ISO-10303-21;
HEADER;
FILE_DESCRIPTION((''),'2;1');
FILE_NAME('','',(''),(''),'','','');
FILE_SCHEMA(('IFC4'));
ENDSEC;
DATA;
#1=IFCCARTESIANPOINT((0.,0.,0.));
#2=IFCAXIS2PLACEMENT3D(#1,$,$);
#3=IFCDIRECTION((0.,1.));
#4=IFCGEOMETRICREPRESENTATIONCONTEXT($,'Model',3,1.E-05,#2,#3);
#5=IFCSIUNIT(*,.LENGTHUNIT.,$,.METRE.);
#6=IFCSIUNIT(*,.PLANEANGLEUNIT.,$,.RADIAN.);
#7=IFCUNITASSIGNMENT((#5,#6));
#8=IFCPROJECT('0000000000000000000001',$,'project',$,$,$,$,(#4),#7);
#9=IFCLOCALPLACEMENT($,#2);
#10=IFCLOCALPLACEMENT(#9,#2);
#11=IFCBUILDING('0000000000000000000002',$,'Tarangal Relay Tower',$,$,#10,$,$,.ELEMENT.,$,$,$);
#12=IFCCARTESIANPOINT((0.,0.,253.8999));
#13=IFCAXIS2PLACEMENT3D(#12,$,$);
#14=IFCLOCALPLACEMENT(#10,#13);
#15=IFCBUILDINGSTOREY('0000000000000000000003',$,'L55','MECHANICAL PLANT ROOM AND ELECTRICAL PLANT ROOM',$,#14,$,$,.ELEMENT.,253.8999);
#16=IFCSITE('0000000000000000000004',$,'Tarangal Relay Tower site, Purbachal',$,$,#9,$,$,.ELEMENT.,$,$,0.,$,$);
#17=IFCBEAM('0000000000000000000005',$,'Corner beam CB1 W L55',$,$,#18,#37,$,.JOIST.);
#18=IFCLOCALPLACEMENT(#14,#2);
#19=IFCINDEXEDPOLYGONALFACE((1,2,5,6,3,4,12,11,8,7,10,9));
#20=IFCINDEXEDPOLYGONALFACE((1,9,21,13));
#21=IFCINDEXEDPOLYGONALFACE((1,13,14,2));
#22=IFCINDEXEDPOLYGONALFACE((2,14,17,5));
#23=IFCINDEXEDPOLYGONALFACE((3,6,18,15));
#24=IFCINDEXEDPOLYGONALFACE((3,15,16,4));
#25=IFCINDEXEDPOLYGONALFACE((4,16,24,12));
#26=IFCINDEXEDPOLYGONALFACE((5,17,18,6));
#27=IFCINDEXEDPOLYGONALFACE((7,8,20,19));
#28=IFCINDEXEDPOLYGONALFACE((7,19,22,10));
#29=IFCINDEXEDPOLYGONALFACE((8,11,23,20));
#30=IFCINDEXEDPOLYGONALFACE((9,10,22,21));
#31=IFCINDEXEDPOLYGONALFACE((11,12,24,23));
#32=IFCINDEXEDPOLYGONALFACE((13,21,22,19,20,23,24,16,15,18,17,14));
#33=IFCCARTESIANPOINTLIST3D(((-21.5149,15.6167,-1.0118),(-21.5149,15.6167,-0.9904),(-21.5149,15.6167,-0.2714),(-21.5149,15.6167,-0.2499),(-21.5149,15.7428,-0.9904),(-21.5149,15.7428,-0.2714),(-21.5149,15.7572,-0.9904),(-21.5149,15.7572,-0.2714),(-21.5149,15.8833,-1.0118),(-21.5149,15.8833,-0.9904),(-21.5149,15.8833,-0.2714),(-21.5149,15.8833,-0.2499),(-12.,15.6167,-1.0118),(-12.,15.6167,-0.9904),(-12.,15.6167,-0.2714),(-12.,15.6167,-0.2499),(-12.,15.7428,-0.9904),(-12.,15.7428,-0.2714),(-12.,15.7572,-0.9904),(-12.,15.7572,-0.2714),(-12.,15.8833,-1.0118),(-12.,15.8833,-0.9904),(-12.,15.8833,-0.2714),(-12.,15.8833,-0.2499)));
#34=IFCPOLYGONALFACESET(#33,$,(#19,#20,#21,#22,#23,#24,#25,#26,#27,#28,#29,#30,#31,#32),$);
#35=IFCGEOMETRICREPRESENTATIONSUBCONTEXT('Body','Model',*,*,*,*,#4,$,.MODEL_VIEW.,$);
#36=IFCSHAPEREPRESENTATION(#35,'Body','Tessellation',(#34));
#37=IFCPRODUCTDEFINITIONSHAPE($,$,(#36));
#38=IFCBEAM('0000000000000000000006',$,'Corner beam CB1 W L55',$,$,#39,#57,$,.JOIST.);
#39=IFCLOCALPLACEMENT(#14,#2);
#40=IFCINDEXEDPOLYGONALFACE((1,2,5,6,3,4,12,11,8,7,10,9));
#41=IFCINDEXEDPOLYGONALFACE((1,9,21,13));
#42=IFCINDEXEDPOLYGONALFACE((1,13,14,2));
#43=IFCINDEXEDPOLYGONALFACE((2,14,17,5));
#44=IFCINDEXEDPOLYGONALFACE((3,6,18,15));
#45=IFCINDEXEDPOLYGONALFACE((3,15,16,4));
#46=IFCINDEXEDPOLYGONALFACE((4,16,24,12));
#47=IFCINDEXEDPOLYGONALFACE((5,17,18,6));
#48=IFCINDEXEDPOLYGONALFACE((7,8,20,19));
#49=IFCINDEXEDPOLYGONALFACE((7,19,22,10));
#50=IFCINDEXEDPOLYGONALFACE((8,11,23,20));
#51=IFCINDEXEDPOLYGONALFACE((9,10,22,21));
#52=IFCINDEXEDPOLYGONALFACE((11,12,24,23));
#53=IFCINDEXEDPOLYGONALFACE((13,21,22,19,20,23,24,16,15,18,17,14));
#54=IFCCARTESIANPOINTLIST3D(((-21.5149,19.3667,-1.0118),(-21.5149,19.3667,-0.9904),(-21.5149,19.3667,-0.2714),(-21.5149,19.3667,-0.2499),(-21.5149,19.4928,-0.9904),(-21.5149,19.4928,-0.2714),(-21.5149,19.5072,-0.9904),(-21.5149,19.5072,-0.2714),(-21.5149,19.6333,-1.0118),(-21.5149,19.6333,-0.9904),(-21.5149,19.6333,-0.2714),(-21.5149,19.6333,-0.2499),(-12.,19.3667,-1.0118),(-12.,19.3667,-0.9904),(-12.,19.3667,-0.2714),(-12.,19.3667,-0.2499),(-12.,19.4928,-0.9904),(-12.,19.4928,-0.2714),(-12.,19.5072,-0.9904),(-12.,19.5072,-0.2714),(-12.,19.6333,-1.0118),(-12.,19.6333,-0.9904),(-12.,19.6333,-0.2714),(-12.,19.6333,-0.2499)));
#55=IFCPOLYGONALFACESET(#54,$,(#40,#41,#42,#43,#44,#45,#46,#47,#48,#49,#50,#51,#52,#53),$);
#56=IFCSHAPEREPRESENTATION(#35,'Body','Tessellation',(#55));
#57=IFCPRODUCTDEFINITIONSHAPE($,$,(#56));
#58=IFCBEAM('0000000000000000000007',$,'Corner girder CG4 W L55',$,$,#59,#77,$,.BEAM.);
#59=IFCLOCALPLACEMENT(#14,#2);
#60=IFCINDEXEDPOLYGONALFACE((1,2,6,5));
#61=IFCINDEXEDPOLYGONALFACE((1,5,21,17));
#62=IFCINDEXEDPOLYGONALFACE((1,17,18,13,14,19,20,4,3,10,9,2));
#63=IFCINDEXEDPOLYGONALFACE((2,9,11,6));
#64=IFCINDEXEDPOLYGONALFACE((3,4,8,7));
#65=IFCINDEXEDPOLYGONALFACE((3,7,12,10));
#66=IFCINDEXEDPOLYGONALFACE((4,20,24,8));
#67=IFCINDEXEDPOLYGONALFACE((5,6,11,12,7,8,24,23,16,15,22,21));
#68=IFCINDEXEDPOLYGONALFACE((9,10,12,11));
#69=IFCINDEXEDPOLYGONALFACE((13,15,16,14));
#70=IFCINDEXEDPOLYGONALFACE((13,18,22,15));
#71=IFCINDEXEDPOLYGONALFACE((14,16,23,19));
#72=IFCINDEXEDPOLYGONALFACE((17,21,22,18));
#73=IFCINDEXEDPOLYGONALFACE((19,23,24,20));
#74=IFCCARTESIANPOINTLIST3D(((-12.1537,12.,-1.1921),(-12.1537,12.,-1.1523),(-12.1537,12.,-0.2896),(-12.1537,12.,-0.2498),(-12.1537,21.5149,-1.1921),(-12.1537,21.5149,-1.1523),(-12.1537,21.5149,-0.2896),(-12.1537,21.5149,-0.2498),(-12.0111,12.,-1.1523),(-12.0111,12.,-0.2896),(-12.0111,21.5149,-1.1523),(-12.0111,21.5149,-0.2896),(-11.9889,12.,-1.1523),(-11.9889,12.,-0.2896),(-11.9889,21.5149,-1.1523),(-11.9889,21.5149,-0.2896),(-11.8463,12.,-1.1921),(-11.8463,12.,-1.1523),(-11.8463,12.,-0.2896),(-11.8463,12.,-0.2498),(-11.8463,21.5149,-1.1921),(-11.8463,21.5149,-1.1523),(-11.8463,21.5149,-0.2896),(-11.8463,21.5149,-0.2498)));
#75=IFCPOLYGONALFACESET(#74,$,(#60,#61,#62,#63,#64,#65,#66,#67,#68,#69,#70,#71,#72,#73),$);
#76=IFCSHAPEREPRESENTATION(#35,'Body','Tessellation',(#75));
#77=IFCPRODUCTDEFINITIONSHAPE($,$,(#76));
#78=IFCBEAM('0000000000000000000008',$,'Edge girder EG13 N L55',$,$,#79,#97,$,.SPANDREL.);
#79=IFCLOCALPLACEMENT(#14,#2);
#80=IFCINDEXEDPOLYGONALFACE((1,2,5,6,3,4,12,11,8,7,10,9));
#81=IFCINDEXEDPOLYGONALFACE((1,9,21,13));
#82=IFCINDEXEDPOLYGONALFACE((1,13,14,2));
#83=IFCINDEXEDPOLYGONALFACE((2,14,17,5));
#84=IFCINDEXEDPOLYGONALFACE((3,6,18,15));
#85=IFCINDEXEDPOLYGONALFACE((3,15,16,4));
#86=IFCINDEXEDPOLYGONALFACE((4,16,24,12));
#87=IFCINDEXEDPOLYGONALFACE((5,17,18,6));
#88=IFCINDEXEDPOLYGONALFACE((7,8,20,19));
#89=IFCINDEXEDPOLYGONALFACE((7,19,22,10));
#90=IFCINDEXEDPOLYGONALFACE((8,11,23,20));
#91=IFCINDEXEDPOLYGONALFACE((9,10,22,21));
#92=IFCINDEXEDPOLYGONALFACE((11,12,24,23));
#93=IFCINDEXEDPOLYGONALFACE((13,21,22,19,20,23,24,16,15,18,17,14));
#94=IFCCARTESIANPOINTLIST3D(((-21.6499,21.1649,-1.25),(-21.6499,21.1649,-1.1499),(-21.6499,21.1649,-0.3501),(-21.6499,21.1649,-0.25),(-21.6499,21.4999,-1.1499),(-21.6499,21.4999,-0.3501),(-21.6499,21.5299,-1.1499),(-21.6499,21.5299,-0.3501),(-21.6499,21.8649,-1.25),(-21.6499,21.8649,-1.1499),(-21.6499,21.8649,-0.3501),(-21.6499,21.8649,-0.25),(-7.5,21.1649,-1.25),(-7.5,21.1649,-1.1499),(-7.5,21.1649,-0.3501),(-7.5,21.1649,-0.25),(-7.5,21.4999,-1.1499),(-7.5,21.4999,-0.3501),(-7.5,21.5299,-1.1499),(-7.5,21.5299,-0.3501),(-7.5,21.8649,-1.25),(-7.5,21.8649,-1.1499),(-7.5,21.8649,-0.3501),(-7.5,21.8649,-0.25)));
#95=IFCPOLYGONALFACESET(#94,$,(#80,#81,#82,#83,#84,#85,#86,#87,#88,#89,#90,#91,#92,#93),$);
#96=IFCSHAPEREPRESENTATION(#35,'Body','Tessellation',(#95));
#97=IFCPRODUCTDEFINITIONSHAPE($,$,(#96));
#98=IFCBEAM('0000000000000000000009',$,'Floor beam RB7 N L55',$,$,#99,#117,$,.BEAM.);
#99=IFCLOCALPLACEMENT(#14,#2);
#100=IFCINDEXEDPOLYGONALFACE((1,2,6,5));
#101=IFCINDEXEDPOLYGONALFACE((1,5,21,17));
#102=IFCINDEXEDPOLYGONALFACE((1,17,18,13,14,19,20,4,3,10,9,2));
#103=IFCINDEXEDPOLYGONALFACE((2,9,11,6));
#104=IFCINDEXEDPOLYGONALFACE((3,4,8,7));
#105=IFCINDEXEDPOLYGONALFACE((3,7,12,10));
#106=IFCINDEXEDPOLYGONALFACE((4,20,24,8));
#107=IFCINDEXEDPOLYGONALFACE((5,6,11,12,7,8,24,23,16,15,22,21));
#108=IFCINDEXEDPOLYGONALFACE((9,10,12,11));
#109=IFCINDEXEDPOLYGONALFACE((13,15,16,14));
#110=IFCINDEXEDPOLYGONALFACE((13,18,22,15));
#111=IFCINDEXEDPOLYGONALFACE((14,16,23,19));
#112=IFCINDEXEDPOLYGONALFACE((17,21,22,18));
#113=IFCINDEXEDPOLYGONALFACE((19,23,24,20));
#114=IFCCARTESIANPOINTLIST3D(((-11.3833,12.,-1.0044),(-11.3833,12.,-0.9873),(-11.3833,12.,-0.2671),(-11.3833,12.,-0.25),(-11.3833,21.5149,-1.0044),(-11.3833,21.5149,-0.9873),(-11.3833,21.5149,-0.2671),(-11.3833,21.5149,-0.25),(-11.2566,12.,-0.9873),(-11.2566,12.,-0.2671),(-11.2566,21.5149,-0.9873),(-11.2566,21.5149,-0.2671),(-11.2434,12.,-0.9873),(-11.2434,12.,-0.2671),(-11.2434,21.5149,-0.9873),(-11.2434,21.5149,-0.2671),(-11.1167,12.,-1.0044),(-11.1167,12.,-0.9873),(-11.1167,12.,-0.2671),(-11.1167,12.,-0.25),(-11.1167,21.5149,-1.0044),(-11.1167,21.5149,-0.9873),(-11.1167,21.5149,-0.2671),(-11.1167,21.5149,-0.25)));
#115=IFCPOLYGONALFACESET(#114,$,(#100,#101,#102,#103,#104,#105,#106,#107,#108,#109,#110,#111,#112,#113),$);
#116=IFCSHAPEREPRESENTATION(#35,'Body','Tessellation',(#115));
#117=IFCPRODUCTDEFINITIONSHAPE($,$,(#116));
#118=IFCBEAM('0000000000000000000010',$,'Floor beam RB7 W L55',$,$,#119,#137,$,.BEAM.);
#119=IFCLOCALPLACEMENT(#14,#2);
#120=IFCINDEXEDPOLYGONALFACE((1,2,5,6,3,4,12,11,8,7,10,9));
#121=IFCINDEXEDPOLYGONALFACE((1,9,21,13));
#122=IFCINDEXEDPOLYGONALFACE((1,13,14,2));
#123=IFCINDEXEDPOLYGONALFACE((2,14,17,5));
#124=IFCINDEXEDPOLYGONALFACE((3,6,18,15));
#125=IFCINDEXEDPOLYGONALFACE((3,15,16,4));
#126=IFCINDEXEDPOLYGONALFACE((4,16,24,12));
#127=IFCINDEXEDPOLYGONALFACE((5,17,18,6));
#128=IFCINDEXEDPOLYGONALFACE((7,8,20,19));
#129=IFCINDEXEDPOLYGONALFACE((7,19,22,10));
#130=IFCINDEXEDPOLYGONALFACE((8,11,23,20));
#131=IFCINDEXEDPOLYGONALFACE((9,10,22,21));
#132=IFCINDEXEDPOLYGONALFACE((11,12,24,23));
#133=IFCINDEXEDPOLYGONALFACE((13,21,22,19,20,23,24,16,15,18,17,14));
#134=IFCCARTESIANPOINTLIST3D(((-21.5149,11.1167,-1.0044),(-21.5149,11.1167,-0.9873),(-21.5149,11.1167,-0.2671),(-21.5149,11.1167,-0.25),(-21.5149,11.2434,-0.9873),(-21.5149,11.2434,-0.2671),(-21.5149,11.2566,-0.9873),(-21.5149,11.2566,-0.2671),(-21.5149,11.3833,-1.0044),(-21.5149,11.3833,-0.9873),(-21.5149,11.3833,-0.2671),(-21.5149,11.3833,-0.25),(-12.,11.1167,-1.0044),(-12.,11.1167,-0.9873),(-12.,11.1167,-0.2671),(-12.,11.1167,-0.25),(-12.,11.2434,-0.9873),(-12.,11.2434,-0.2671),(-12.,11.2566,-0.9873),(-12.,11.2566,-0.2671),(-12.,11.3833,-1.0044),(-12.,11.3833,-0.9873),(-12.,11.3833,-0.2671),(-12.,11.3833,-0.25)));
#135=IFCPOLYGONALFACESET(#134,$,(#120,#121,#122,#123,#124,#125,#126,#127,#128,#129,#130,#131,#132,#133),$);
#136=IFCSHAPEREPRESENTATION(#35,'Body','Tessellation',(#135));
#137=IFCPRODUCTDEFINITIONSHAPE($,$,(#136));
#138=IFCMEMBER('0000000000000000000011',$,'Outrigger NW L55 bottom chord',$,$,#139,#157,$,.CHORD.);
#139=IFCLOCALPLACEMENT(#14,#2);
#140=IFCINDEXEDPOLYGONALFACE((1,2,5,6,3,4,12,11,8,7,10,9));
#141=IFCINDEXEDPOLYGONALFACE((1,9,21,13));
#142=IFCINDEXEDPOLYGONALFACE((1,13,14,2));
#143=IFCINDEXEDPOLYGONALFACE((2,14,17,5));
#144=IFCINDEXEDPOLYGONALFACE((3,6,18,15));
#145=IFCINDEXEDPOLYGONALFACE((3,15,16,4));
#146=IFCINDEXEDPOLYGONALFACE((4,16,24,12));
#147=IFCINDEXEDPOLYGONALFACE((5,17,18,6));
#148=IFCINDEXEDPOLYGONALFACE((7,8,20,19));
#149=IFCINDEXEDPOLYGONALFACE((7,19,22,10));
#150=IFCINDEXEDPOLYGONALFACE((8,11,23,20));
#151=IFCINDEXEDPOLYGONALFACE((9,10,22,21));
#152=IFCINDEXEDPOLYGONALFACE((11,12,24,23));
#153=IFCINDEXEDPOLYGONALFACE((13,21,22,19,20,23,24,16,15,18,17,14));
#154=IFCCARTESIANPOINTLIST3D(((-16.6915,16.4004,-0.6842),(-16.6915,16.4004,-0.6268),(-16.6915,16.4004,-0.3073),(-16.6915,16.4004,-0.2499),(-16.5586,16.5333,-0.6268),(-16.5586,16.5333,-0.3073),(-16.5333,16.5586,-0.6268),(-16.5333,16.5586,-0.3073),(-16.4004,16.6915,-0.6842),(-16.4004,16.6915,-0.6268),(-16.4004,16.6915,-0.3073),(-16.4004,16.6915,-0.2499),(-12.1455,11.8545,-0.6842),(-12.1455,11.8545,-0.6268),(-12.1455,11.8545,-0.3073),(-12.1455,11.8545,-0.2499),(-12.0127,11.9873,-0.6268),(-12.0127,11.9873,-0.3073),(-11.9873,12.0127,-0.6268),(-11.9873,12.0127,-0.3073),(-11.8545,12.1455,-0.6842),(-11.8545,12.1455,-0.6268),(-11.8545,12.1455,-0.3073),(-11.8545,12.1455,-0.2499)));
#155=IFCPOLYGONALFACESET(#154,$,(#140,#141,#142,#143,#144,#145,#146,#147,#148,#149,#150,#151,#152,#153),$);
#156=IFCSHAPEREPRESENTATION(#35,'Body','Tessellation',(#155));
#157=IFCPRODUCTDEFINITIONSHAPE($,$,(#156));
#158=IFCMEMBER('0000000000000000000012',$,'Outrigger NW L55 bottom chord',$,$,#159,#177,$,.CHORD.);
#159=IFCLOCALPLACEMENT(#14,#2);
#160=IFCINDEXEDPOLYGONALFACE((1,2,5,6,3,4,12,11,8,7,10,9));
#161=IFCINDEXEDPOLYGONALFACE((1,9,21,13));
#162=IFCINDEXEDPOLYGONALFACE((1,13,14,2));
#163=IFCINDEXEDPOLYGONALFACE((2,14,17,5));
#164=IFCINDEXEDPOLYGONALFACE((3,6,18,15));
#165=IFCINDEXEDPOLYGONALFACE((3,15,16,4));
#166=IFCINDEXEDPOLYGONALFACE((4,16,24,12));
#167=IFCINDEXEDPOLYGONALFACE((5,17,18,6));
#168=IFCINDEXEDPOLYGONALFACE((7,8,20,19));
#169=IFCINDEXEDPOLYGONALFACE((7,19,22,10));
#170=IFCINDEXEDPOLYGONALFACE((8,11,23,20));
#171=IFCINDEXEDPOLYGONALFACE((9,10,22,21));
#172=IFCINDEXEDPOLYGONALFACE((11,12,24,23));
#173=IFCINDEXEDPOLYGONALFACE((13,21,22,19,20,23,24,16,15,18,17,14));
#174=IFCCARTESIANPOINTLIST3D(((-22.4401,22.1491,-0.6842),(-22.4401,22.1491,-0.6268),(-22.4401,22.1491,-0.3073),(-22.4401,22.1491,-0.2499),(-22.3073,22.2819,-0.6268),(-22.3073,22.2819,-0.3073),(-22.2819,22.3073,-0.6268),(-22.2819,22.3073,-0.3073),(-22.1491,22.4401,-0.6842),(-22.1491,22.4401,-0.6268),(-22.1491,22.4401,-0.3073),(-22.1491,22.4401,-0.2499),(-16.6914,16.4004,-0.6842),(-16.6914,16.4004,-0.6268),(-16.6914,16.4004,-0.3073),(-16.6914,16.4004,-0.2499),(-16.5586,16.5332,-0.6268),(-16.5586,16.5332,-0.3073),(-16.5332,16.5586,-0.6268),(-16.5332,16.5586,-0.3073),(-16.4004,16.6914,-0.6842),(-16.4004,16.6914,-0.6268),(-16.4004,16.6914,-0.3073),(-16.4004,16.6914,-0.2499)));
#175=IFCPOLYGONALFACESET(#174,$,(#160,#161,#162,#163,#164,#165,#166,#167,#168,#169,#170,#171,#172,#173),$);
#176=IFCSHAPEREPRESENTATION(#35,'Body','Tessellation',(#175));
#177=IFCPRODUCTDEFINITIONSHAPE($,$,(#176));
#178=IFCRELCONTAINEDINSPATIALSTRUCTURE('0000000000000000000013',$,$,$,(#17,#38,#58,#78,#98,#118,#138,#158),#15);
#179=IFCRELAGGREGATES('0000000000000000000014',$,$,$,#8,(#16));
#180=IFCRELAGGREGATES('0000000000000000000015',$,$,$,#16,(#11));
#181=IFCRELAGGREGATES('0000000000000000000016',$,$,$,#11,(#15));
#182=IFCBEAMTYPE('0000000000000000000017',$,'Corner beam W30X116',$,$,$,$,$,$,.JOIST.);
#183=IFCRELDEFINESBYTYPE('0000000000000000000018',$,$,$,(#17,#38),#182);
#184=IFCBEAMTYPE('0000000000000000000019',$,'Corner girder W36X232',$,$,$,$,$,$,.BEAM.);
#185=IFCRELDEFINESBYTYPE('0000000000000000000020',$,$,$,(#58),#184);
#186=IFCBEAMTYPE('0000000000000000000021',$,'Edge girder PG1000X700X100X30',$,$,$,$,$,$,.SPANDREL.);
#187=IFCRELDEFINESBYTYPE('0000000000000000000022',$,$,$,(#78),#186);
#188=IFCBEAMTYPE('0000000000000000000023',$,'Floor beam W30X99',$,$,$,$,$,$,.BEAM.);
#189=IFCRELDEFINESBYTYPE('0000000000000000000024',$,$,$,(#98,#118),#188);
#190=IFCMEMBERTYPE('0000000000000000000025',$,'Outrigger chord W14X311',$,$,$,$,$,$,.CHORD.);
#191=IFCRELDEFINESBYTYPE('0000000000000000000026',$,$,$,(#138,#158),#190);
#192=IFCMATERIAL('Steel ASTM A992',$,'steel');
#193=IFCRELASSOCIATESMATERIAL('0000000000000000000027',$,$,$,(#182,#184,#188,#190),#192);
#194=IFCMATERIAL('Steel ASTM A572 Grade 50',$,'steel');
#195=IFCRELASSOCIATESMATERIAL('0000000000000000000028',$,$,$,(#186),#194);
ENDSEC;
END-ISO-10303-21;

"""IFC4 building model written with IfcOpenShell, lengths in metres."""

from ifc_helpers import new_model, si_unit, direction, frame, origin, origin_2d, place, context, subcontext, project, spatial, i_section, extrude, clip, halfspace, material, material_profile, profile_set, type_object, element, save


model = new_model("IFC4")

# Units and contexts
model_context = context("Model", 3, precision=1e-05, world=origin(), true_north=direction((0.0, 1.0)))
body_context = subcontext(model_context, "Body", "Model", "MODEL_VIEW")
ifc_project = project(units=[si_unit("LENGTHUNIT", "METRE"), si_unit("PLANEANGLEUNIT", "RADIAN")], contexts=[model_context])

# Site, building, storey
site_placement = place(None, origin())
site = spatial("IfcSite", under=ifc_project, at=site_placement, Name="Tarangal Relay Tower site, Purbachal", CompositionType="ELEMENT", RefElevation=0.0)
building_placement = place(site_placement, origin())
building = spatial("IfcBuilding", under=site, at=building_placement, Name="Tarangal Relay Tower", CompositionType="ELEMENT")
storey_placement = place(building_placement, frame((0.0, 0.0, 253.8999)))
storey = spatial("IfcBuildingStorey", under=building, at=storey_placement, Name="L55", Description="MECHANICAL PLANT ROOM AND ELECTRICAL PLANT ROOM", CompositionType="ELEMENT", Elevation=253.8999)

# Shared definitions
ifc_material_1 = material(Name="Steel ASTM A572 Grade 50", Category="steel")

# Beams
ifc_material_2 = material(Name="Steel ASTM A992", Category="steel")
ifc_material_profile_1 = material_profile(ifc_material_2, i_section(OverallWidth=0.2666, OverallDepth=0.762, WebThickness=0.0144, FlangeThickness=0.0215, at=origin_2d()), Name="W30X116")
ifc_profile_set_1 = profile_set([ifc_material_profile_1], Name="Steel ASTM A992")
beam_type_1 = type_object("IfcBeamType", Name="Corner beam W30X116", PredefinedType="JOIST", material=ifc_profile_set_1)
for number, where, z_axis, x_axis, name in (
    (1, (-12.0, 15.75, -0.6309), (-1.0, 0.0, 0.0), (0.0, -1.0, 0.0), "Corner beam CB1 W L55"),
    (2, (-12.0, 19.5, -0.6309), (-1.0, 0.0, 0.0), (0.0, -1.0, 0.0), "Corner beam CB1 W L55"),
):
    element("IfcBeam", number, at=place(storey_placement, frame(where, z_axis=z_axis, x_axis=x_axis)), inside=storey, type_object=beam_type_1, Name=name, PredefinedType="JOIST", context=body_context, shape_type="SweptSolid", body=[
        extrude(i_section(OverallWidth=0.2666, OverallDepth=0.762, WebThickness=0.0144, FlangeThickness=0.0215, at=origin_2d()), origin(), (0.0, 0.0, 1.0), 9.5149),
    ])
ifc_material_profile_2 = material_profile(ifc_material_2, i_section(OverallWidth=0.3074, OverallDepth=0.9424, WebThickness=0.0222, FlangeThickness=0.0398, at=origin_2d()), Name="W36X232")
ifc_profile_set_2 = profile_set([ifc_material_profile_2], Name="Steel ASTM A992")
beam_type_2 = type_object("IfcBeamType", Name="Corner girder W36X232", PredefinedType="BEAM", material=ifc_profile_set_2)
beam_1_placement = place(storey_placement, frame((-12.0, 12.0, -0.7209), z_axis=(0.0, 1.0, 0.0), x_axis=(-1.0, 0.0, 0.0)))
element("IfcBeam", 3, at=beam_1_placement, inside=storey, type_object=beam_type_2, Name="Corner girder CG4 W L55", PredefinedType="BEAM", context=body_context, shape_type="SweptSolid", body=[
    extrude(i_section(OverallWidth=0.3074, OverallDepth=0.9424, WebThickness=0.0222, FlangeThickness=0.0398, at=origin_2d()), origin(), (0.0, 0.0, 1.0), 9.5149),
])
ifc_material_profile_3 = material_profile(ifc_material_1, i_section(OverallWidth=0.7, OverallDepth=1.0, WebThickness=0.03, FlangeThickness=0.1001, at=origin_2d()), Name="PG1000X700X100X30")
ifc_profile_set_3 = profile_set([ifc_material_profile_3], Name="Steel ASTM A572 Grade 50")
beam_type_3 = type_object("IfcBeamType", Name="Edge girder PG1000X700X100X30", PredefinedType="SPANDREL", material=ifc_profile_set_3)
beam_2_placement = place(storey_placement, frame((-21.6499, 21.5149, -0.75), z_axis=(1.0, 0.0, 0.0), x_axis=(0.0, 1.0, 0.0)))
element("IfcBeam", 4, at=beam_2_placement, inside=storey, type_object=beam_type_3, Name="Edge girder EG13 N L55", PredefinedType="SPANDREL", context=body_context, shape_type="SweptSolid", body=[
    extrude(i_section(OverallWidth=0.7, OverallDepth=1.0, WebThickness=0.03, FlangeThickness=0.1001, at=origin_2d()), origin(), (0.0, 0.0, 1.0), 14.1499),
])
ifc_material_profile_4 = material_profile(ifc_material_2, i_section(OverallWidth=0.2666, OverallDepth=0.7544, WebThickness=0.0132, FlangeThickness=0.0171, at=origin_2d()), Name="W30X99")
ifc_profile_set_4 = profile_set([ifc_material_profile_4], Name="Steel ASTM A992")
beam_type_4 = type_object("IfcBeamType", Name="Floor beam W30X99", PredefinedType="BEAM", material=ifc_profile_set_4)
for number, where, z_axis, x_axis, name in (
    (5, (-11.25, 12.0, -0.6272), (0.0, 1.0, 0.0), (-1.0, 0.0, 0.0), "Floor beam RB7 N L55"),
    (6, (-12.0, 11.25, -0.6272), (-1.0, 0.0, 0.0), (0.0, -1.0, 0.0), "Floor beam RB7 W L55"),
):
    element("IfcBeam", number, at=place(storey_placement, frame(where, z_axis=z_axis, x_axis=x_axis)), inside=storey, type_object=beam_type_4, Name=name, PredefinedType="BEAM", context=body_context, shape_type="SweptSolid", body=[
        extrude(i_section(OverallWidth=0.2666, OverallDepth=0.7544, WebThickness=0.0132, FlangeThickness=0.0171, at=origin_2d()), origin(), (0.0, 0.0, 1.0), 9.5149),
    ])

# Members
ifc_material_profile_5 = material_profile(ifc_material_2, i_section(OverallWidth=0.4116, OverallDepth=0.4343, WebThickness=0.0359, FlangeThickness=0.0574, at=origin_2d()), Name="W14X311")
ifc_profile_set_5 = profile_set([ifc_material_profile_5], Name="Steel ASTM A992")
member_type_1 = type_object("IfcMemberType", Name="Outrigger chord W14X311", PredefinedType="CHORD", material=ifc_profile_set_5)
member_1_placement = place(storey_placement, frame((-12.0, 12.0, -0.467), z_axis=(-0.707107, 0.707107, 0.0), x_axis=(-0.707107, -0.707107, 0.0)))
element("IfcMember", 7, at=member_1_placement, inside=storey, type_object=member_type_1, Name="Outrigger NW L55 bottom chord", PredefinedType="CHORD", context=body_context, shape_type="SweptSolid", body=[
    extrude(i_section(OverallWidth=0.4116, OverallDepth=0.4343, WebThickness=0.0359, FlangeThickness=0.0574, at=origin_2d()), origin(), (0.0, 0.0, 1.0), 6.429),
])
member_2_placement = place(storey_placement, frame((-16.5459, 16.5459, -0.467), z_axis=(-0.707107, 0.707107, 0.0), x_axis=(-0.707107, -0.707107, 0.0)))
element("IfcMember", 8, at=member_2_placement, inside=storey, type_object=member_type_1, Name="Outrigger NW L55 bottom chord", PredefinedType="CHORD", context=body_context, shape_type="Clipping", body=[
    clip(extrude(i_section(OverallWidth=0.4116, OverallDepth=0.4343, WebThickness=0.0359, FlangeThickness=0.0574, at=origin_2d()), origin(), (0.0, 0.0, 1.0), 8.4204), halfspace(frame((0.0, 0.0, 8.1299)), False)),
])

save(model, "model.ifc")
